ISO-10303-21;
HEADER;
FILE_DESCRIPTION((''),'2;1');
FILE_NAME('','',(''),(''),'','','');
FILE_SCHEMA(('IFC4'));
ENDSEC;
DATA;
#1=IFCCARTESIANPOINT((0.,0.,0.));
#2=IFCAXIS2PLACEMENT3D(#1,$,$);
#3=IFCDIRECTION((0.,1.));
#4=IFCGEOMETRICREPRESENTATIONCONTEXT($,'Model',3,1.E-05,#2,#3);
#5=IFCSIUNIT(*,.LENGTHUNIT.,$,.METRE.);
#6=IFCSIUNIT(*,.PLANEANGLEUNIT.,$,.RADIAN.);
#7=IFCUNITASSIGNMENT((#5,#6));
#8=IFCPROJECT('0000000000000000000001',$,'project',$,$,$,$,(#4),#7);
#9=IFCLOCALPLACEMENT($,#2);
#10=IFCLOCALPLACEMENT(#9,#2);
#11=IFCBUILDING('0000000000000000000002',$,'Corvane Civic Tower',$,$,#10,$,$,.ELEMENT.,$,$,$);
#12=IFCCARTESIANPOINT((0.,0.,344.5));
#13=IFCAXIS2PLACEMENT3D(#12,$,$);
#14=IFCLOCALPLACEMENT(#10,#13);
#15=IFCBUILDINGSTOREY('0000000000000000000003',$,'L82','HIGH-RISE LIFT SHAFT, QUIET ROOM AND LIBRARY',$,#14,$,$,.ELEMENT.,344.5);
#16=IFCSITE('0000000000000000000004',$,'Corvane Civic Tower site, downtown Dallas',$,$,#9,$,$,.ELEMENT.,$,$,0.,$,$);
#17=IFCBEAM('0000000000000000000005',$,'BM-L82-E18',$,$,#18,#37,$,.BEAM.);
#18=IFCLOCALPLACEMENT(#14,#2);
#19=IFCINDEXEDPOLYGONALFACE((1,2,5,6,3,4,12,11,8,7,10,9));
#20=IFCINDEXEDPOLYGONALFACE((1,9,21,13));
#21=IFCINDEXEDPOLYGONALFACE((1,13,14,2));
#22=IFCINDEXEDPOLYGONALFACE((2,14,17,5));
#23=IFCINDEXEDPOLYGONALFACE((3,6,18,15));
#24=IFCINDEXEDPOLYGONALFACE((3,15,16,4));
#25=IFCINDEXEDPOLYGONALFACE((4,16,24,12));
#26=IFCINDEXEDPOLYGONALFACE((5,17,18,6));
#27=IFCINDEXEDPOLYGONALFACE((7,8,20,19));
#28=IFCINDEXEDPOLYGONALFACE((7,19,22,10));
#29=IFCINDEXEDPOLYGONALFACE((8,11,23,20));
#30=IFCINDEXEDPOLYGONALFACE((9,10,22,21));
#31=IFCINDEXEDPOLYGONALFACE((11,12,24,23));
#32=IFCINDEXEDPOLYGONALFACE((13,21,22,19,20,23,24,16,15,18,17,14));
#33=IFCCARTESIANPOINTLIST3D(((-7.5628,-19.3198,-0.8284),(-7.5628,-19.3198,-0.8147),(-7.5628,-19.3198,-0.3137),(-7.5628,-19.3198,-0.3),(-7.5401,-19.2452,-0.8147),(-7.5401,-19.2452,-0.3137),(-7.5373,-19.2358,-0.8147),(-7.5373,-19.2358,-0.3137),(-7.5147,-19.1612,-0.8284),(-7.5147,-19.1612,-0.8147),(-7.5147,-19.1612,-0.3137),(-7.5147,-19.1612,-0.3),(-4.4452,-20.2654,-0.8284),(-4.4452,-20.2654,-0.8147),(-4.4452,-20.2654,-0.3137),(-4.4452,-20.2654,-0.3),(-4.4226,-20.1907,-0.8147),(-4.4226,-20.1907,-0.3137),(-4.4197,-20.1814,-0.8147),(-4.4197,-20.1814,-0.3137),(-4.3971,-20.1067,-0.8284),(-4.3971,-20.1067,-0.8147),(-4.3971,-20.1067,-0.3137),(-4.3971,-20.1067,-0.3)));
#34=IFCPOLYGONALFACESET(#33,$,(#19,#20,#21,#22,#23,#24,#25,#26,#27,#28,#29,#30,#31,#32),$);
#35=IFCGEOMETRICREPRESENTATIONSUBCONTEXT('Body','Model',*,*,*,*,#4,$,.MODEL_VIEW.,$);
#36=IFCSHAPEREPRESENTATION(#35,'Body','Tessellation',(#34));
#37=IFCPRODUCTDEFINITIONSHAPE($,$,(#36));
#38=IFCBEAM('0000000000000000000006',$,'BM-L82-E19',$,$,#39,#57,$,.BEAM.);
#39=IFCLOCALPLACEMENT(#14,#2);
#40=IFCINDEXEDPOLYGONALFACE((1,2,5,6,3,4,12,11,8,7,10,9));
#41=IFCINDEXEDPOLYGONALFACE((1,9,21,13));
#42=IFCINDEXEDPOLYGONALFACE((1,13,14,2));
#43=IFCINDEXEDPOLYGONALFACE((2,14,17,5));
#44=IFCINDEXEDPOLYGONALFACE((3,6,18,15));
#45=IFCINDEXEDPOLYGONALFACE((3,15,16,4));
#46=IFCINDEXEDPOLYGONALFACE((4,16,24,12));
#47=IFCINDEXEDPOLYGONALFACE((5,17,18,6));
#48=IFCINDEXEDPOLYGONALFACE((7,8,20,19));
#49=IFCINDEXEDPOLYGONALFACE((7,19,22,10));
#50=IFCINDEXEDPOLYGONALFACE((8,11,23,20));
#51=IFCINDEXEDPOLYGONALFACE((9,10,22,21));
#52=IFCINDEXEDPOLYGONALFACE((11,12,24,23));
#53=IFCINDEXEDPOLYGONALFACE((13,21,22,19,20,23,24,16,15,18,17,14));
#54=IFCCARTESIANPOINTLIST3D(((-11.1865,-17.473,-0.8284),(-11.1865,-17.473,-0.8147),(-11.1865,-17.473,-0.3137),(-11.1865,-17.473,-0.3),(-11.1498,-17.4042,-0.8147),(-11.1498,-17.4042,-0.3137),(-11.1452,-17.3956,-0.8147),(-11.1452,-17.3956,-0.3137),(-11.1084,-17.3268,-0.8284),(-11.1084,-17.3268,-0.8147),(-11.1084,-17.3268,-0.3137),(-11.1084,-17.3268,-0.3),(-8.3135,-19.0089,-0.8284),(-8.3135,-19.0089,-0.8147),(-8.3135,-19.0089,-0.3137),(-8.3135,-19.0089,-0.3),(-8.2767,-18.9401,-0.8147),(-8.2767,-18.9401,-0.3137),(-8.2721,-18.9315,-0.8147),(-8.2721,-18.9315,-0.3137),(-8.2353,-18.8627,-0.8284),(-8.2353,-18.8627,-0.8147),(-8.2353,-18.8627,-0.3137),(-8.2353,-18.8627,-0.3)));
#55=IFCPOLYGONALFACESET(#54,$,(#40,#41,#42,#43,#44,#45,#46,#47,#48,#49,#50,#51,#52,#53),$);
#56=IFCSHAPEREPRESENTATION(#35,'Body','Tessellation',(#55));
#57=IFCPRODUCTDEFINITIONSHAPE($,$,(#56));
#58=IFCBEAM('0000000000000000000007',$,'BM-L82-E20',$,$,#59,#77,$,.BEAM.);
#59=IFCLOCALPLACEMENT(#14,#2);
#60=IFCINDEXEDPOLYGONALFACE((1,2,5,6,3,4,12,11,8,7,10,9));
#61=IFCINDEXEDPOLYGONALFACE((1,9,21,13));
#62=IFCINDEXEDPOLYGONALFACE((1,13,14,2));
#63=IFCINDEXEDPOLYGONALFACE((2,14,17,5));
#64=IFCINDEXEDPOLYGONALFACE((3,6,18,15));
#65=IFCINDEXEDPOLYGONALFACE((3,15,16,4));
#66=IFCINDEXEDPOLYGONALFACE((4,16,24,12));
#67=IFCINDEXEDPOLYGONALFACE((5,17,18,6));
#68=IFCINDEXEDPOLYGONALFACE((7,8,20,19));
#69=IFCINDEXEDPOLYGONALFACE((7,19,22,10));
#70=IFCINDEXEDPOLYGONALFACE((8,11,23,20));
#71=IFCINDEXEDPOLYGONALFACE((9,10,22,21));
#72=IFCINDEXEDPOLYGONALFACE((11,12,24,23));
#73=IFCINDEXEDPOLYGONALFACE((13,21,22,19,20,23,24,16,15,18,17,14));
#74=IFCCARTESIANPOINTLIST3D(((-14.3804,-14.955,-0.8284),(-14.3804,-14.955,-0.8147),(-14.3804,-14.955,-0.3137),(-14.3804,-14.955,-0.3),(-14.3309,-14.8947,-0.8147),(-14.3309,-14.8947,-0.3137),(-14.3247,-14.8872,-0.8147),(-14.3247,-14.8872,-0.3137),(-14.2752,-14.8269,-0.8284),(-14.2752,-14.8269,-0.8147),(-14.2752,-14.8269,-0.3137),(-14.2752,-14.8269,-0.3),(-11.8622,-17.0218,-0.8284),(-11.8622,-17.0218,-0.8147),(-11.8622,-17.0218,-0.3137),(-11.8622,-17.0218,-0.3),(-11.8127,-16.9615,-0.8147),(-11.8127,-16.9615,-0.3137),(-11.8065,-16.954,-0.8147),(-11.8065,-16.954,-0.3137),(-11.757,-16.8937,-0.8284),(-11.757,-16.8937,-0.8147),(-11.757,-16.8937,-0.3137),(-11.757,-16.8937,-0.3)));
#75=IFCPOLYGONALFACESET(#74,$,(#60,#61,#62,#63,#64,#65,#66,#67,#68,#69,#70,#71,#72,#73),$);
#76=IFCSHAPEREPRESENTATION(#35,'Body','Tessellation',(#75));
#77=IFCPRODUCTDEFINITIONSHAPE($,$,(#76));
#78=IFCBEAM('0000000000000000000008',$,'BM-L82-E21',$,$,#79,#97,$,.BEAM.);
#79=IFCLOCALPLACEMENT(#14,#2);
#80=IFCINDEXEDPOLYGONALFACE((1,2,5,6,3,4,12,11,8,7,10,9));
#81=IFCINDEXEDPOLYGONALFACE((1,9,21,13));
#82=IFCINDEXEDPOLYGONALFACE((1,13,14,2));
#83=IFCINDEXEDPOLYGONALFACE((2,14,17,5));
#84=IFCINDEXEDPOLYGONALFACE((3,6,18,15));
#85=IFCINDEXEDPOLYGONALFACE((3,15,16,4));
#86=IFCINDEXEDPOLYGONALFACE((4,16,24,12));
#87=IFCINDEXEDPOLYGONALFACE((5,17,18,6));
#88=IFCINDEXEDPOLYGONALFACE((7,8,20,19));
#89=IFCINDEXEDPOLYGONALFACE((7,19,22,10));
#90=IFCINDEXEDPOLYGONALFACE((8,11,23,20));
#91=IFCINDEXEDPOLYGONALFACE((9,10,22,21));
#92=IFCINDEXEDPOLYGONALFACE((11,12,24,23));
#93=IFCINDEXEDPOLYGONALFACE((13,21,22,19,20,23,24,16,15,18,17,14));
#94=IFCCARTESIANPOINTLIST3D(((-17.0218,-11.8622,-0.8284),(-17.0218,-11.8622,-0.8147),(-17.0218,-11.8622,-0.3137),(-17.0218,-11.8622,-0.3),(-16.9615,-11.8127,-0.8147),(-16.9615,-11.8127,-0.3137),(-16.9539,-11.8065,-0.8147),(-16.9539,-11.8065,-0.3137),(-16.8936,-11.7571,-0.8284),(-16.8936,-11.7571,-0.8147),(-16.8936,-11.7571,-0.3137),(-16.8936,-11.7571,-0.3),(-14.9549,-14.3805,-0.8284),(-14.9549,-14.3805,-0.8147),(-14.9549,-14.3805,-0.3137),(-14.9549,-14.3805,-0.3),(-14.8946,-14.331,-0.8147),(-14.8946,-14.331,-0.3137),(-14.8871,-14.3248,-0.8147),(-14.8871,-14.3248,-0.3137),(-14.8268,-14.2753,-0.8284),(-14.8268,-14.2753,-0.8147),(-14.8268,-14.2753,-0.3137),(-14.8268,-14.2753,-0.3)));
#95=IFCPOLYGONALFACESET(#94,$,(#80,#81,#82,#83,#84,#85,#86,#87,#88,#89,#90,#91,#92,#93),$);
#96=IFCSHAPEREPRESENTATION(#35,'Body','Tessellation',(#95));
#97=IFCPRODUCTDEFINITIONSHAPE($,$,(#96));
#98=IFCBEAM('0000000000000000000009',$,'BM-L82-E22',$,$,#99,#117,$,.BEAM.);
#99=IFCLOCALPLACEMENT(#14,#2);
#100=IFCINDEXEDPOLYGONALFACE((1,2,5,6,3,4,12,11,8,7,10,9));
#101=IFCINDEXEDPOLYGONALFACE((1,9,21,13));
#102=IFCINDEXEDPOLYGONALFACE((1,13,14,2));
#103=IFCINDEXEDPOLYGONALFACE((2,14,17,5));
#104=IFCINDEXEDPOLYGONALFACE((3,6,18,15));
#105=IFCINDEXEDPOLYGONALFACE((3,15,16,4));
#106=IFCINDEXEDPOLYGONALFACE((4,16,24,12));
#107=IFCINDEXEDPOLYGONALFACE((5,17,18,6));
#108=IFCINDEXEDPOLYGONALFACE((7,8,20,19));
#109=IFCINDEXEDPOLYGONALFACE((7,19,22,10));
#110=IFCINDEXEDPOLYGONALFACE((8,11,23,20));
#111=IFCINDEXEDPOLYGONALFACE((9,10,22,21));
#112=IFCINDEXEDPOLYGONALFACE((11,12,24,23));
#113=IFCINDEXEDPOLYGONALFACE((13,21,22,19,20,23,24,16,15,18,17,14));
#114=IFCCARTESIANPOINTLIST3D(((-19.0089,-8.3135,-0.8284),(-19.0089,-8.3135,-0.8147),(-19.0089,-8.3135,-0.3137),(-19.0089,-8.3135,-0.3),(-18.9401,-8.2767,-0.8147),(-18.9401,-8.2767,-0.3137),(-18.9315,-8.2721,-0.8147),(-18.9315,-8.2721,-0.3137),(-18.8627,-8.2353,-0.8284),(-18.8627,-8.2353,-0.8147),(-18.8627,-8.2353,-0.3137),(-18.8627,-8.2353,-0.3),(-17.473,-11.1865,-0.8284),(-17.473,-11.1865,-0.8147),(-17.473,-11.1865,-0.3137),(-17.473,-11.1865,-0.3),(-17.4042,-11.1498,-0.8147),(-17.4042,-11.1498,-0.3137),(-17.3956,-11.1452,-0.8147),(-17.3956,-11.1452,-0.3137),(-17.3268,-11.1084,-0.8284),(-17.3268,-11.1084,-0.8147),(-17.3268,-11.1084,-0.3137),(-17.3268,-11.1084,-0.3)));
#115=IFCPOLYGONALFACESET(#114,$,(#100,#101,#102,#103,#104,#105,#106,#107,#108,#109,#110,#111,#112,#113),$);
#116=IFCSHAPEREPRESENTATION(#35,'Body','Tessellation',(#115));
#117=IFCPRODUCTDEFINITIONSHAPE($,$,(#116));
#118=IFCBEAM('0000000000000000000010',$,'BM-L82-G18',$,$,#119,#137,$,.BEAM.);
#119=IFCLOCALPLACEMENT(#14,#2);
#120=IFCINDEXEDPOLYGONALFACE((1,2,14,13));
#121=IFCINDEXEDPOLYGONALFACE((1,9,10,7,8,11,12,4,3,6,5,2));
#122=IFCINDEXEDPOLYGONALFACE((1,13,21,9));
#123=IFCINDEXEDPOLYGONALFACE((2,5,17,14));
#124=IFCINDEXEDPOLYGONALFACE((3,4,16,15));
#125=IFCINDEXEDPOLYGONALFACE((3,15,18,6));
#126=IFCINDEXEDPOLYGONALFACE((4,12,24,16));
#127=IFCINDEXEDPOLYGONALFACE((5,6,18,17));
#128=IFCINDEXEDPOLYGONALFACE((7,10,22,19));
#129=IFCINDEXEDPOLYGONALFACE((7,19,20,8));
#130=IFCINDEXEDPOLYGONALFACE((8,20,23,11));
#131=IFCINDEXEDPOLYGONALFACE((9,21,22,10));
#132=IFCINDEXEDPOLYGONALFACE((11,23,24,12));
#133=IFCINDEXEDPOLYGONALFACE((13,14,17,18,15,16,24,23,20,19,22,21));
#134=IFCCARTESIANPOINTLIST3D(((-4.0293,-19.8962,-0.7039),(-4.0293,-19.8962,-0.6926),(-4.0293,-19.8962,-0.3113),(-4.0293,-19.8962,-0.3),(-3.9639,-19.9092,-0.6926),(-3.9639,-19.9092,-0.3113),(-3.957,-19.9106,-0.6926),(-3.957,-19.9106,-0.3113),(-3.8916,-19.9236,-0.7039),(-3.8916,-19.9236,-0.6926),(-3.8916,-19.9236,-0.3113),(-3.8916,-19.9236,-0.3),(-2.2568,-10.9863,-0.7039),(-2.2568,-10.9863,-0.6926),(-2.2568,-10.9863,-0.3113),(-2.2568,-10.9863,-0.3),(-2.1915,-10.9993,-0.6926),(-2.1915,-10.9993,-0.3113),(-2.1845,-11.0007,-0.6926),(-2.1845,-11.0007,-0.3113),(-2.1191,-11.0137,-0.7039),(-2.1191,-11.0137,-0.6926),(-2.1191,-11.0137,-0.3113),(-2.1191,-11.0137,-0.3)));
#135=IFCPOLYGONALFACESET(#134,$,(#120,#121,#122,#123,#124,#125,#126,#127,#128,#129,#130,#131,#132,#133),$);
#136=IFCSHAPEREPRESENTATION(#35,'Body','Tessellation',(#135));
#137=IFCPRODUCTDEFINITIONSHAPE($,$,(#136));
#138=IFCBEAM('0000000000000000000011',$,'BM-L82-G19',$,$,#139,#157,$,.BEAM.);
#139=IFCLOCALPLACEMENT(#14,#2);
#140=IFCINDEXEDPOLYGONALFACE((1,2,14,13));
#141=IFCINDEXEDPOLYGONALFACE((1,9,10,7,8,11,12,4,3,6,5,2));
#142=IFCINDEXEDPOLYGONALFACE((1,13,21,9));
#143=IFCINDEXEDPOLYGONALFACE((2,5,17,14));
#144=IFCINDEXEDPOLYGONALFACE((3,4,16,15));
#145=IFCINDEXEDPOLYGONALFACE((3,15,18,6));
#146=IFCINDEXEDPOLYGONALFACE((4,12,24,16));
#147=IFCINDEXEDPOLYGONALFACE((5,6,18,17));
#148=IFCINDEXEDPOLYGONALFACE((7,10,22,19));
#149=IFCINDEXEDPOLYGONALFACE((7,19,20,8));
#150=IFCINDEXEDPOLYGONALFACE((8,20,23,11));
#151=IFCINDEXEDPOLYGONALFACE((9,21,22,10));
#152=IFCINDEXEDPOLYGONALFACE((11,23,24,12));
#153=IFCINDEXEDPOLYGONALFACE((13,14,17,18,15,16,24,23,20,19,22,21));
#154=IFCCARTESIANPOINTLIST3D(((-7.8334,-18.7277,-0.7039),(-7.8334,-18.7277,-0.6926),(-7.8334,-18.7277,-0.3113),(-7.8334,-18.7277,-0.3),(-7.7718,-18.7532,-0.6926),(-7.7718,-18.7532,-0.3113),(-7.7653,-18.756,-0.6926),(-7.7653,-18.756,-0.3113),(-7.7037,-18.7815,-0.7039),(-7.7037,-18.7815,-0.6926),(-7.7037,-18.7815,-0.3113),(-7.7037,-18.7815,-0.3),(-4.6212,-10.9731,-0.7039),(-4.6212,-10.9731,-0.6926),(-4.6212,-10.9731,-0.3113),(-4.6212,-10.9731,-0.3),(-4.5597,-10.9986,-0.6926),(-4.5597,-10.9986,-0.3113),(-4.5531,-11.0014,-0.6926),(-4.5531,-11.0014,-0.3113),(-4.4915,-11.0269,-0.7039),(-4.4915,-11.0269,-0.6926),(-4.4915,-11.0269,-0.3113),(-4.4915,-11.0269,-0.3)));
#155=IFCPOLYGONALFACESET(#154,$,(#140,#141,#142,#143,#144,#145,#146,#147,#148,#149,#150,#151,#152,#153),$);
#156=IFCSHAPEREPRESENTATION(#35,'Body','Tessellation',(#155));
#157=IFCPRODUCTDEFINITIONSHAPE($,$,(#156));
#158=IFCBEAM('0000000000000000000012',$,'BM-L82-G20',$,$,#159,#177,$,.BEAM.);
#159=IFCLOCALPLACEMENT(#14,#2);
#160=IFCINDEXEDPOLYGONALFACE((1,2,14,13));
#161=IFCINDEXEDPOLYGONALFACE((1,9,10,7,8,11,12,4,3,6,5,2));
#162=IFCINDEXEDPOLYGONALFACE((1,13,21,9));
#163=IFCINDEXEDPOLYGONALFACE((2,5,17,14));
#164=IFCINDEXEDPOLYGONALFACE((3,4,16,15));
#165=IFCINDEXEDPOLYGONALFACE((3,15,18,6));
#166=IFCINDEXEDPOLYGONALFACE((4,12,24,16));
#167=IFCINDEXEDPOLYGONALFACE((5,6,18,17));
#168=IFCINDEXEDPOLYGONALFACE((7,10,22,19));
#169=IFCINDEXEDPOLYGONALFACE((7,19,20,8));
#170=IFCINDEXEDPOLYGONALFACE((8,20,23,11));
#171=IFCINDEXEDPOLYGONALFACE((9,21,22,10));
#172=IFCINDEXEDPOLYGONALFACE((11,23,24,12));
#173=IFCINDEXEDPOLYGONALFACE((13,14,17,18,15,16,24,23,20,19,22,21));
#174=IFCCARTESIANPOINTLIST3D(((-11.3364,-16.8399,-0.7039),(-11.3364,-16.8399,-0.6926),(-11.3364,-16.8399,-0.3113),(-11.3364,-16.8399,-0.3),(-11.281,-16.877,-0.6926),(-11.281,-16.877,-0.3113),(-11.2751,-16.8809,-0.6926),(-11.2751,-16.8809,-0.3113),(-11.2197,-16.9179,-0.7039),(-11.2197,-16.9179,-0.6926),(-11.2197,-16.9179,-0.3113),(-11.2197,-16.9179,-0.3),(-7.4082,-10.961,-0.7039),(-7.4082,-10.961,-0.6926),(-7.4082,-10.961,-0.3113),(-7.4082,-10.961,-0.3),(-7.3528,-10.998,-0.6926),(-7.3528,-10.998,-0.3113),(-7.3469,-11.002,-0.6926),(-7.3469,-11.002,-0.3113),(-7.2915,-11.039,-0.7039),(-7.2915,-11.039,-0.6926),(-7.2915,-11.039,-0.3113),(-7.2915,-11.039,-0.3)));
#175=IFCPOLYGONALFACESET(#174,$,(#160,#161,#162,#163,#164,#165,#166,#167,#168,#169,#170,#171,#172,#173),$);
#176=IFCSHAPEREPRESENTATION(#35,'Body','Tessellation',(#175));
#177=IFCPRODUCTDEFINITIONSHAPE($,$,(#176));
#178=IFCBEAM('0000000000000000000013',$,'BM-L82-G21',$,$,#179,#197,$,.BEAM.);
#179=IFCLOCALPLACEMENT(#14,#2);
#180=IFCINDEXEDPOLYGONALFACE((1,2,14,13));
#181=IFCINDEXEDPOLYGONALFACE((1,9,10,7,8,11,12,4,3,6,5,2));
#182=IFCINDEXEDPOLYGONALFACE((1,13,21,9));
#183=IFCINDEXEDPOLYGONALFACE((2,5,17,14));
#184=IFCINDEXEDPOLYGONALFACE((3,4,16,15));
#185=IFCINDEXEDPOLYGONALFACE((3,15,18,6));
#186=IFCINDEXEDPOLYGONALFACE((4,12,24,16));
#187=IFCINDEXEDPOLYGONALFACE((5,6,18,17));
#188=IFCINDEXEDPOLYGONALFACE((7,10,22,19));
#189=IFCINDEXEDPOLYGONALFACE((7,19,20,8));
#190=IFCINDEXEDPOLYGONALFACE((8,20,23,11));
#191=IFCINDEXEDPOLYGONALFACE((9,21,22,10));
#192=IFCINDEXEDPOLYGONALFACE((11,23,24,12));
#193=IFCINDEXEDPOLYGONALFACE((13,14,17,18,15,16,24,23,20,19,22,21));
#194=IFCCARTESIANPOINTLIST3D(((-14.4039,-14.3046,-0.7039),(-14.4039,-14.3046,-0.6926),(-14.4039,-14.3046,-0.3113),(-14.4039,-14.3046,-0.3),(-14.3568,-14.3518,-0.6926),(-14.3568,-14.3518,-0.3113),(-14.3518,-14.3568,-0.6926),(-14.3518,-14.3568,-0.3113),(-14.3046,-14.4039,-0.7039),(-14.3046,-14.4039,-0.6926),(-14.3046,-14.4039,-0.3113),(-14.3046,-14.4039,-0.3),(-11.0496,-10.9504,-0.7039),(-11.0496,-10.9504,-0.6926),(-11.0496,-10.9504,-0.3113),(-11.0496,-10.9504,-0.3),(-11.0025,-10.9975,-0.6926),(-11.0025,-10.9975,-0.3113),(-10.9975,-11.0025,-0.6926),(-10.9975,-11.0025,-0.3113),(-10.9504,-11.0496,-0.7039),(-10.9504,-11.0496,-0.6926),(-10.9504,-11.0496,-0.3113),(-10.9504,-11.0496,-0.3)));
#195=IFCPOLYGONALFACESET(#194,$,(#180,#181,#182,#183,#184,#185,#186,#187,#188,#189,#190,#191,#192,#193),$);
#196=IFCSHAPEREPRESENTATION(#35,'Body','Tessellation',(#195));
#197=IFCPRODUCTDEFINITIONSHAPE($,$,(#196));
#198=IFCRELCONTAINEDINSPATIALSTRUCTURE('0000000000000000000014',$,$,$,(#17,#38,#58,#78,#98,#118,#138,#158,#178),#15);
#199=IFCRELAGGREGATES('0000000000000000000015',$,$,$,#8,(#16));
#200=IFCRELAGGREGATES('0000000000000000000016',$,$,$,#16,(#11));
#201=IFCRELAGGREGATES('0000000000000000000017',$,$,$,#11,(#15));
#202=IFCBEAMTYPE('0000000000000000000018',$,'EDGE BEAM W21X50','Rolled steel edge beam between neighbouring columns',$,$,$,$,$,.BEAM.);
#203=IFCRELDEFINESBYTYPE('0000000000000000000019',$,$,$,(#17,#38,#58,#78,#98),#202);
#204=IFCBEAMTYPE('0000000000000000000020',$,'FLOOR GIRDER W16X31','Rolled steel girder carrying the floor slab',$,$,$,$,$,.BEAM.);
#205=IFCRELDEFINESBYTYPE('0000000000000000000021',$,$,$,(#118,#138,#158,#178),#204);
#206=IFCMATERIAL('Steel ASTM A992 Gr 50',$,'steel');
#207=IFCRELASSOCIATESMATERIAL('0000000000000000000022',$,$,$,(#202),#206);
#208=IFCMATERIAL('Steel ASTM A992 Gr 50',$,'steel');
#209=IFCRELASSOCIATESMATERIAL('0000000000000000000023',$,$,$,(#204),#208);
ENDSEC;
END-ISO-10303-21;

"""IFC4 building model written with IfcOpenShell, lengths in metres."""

from ifc_helpers import new_model, si_unit, direction, frame, origin, origin_2d, place, context, subcontext, project, spatial, i_section, extrude, material, material_profile, profile_set, type_object, element, save


model = new_model("IFC4")

# Units and contexts
model_context = context("Model", 3, precision=1e-05, world=origin(), true_north=direction((0.0, 1.0)))
body_context = subcontext(model_context, "Body", "Model", "MODEL_VIEW")
ifc_project = project(units=[si_unit("LENGTHUNIT", "METRE"), si_unit("PLANEANGLEUNIT", "RADIAN")], contexts=[model_context])

# Site, building, storey
site_placement = place(None, origin())
site = spatial("IfcSite", under=ifc_project, at=site_placement, Name="Corvane Civic Tower site, downtown Dallas", CompositionType="ELEMENT", RefElevation=0.0)
building_placement = place(site_placement, origin())
building = spatial("IfcBuilding", under=site, at=building_placement, Name="Corvane Civic Tower", CompositionType="ELEMENT")
storey_placement = place(building_placement, frame((0.0, 0.0, 344.5)))
storey = spatial("IfcBuildingStorey", under=building, at=storey_placement, Name="L82", Description="HIGH-RISE LIFT SHAFT, QUIET ROOM AND LIBRARY", CompositionType="ELEMENT", Elevation=344.5)

# Beams
ifc_material_1 = material(Name="Steel ASTM A992 Gr 50", Category="steel")
ifc_material_profile_1 = material_profile(ifc_material_1, i_section(OverallWidth=0.1658, OverallDepth=0.5283, WebThickness=0.0098, FlangeThickness=0.0137, at=origin_2d()), Name="W21X50")
ifc_profile_set_1 = profile_set([ifc_material_profile_1], Name="Steel ASTM A992 Gr 50")
beam_type_1 = type_object("IfcBeamType", Name="EDGE BEAM W21X50", Description="Rolled steel edge beam between neighbouring columns", PredefinedType="BEAM", material=ifc_profile_set_1)
for number, where, z_axis, x_axis, name in (
    (1, (-4.4211, -20.186, -0.5642), (-0.956956, 0.290234, 0.0), (-0.290234, -0.956956, 0.0), "BM-L82-E18"),
    (2, (-8.2744, -18.9358, -0.5642), (-0.881894, 0.471448, 0.0), (-0.471448, -0.881894, 0.0), "BM-L82-E19"),
    (3, (-11.8096, -16.9578, -0.5642), (-0.772985, 0.634425, 0.0), (-0.634425, -0.772985, 0.0), "BM-L82-E20"),
    (4, (-14.8909, -14.3279, -0.5642), (-0.634425, 0.772985, 0.0), (-0.772985, -0.634425, 0.0), "BM-L82-E21"),
    (5, (-17.3999, -11.1475, -0.5642), (-0.471448, 0.881894, 0.0), (-0.881894, -0.471448, 0.0), "BM-L82-E22"),
):
    element("IfcBeam", number, at=place(storey_placement, frame(where, z_axis=z_axis, x_axis=x_axis)), inside=storey, type_object=beam_type_1, Name=name, PredefinedType="BEAM", context=body_context, shape_type="SweptSolid", body=[
        extrude(i_section(OverallWidth=0.1658, OverallDepth=0.5283, WebThickness=0.0098, FlangeThickness=0.0137, at=origin_2d()), origin(), (0.0, 0.0, 1.0), 3.2578),
    ])
ifc_material_2 = material(Name="Steel ASTM A992 Gr 50", Category="steel")
ifc_material_profile_2 = material_profile(ifc_material_2, i_section(OverallWidth=0.1404, OverallDepth=0.4038, WebThickness=0.0071, FlangeThickness=0.0112, at=origin_2d()), Name="W16X31")
ifc_profile_set_2 = profile_set([ifc_material_profile_2], Name="Steel ASTM A992 Gr 50")
beam_type_2 = type_object("IfcBeamType", Name="FLOOR GIRDER W16X31", Description="Rolled steel girder carrying the floor slab", PredefinedType="BEAM", material=ifc_profile_set_2)
beam_1_placement = place(storey_placement, frame((-2.188, -11.0, -0.502), z_axis=(-0.195108, -0.980782, 0.0), x_axis=(0.980782, -0.195108, 0.0)))
element("IfcBeam", 6, at=beam_1_placement, inside=storey, type_object=beam_type_2, Name="BM-L82-G18", PredefinedType="BEAM", context=body_context, shape_type="SweptSolid", body=[
    extrude(i_section(OverallWidth=0.1404, OverallDepth=0.4038, WebThickness=0.0071, FlangeThickness=0.0112, at=origin_2d()), origin(), (0.0, 0.0, 1.0), 9.0845),
])
beam_2_placement = place(storey_placement, frame((-4.5564, -11.0, -0.502), z_axis=(-0.382692, -0.923876, 0.0), x_axis=(0.923876, -0.382692, 0.0)))
element("IfcBeam", 7, at=beam_2_placement, inside=storey, type_object=beam_type_2, Name="BM-L82-G19", PredefinedType="BEAM", context=body_context, shape_type="SweptSolid", body=[
    extrude(i_section(OverallWidth=0.1404, OverallDepth=0.4038, WebThickness=0.0071, FlangeThickness=0.0112, at=origin_2d()), origin(), (0.0, 0.0, 1.0), 8.3936),
])
beam_3_placement = place(storey_placement, frame((-7.3499, -11.0, -0.502), z_axis=(-0.555576, -0.831465, 0.0), x_axis=(0.831465, -0.555576, 0.0)))
element("IfcBeam", 8, at=beam_3_placement, inside=storey, type_object=beam_type_2, Name="BM-L82-G20", PredefinedType="BEAM", context=body_context, shape_type="SweptSolid", body=[
    extrude(i_section(OverallWidth=0.1404, OverallDepth=0.4038, WebThickness=0.0071, FlangeThickness=0.0112, at=origin_2d()), origin(), (0.0, 0.0, 1.0), 7.0706),
])
beam_4_placement = place(storey_placement, frame((-11.0, -11.0, -0.502), z_axis=(-0.707107, -0.707107, 0.0), x_axis=(0.707107, -0.707107, 0.0)))
element("IfcBeam", 9, at=beam_4_placement, inside=storey, type_object=beam_type_2, Name="BM-L82-G21", PredefinedType="BEAM", context=body_context, shape_type="SweptSolid", body=[
    extrude(i_section(OverallWidth=0.1404, OverallDepth=0.4038, WebThickness=0.0071, FlangeThickness=0.0112, at=origin_2d()), origin(), (0.0, 0.0, 1.0), 4.7437),
])

save(model, "model.ifc")
